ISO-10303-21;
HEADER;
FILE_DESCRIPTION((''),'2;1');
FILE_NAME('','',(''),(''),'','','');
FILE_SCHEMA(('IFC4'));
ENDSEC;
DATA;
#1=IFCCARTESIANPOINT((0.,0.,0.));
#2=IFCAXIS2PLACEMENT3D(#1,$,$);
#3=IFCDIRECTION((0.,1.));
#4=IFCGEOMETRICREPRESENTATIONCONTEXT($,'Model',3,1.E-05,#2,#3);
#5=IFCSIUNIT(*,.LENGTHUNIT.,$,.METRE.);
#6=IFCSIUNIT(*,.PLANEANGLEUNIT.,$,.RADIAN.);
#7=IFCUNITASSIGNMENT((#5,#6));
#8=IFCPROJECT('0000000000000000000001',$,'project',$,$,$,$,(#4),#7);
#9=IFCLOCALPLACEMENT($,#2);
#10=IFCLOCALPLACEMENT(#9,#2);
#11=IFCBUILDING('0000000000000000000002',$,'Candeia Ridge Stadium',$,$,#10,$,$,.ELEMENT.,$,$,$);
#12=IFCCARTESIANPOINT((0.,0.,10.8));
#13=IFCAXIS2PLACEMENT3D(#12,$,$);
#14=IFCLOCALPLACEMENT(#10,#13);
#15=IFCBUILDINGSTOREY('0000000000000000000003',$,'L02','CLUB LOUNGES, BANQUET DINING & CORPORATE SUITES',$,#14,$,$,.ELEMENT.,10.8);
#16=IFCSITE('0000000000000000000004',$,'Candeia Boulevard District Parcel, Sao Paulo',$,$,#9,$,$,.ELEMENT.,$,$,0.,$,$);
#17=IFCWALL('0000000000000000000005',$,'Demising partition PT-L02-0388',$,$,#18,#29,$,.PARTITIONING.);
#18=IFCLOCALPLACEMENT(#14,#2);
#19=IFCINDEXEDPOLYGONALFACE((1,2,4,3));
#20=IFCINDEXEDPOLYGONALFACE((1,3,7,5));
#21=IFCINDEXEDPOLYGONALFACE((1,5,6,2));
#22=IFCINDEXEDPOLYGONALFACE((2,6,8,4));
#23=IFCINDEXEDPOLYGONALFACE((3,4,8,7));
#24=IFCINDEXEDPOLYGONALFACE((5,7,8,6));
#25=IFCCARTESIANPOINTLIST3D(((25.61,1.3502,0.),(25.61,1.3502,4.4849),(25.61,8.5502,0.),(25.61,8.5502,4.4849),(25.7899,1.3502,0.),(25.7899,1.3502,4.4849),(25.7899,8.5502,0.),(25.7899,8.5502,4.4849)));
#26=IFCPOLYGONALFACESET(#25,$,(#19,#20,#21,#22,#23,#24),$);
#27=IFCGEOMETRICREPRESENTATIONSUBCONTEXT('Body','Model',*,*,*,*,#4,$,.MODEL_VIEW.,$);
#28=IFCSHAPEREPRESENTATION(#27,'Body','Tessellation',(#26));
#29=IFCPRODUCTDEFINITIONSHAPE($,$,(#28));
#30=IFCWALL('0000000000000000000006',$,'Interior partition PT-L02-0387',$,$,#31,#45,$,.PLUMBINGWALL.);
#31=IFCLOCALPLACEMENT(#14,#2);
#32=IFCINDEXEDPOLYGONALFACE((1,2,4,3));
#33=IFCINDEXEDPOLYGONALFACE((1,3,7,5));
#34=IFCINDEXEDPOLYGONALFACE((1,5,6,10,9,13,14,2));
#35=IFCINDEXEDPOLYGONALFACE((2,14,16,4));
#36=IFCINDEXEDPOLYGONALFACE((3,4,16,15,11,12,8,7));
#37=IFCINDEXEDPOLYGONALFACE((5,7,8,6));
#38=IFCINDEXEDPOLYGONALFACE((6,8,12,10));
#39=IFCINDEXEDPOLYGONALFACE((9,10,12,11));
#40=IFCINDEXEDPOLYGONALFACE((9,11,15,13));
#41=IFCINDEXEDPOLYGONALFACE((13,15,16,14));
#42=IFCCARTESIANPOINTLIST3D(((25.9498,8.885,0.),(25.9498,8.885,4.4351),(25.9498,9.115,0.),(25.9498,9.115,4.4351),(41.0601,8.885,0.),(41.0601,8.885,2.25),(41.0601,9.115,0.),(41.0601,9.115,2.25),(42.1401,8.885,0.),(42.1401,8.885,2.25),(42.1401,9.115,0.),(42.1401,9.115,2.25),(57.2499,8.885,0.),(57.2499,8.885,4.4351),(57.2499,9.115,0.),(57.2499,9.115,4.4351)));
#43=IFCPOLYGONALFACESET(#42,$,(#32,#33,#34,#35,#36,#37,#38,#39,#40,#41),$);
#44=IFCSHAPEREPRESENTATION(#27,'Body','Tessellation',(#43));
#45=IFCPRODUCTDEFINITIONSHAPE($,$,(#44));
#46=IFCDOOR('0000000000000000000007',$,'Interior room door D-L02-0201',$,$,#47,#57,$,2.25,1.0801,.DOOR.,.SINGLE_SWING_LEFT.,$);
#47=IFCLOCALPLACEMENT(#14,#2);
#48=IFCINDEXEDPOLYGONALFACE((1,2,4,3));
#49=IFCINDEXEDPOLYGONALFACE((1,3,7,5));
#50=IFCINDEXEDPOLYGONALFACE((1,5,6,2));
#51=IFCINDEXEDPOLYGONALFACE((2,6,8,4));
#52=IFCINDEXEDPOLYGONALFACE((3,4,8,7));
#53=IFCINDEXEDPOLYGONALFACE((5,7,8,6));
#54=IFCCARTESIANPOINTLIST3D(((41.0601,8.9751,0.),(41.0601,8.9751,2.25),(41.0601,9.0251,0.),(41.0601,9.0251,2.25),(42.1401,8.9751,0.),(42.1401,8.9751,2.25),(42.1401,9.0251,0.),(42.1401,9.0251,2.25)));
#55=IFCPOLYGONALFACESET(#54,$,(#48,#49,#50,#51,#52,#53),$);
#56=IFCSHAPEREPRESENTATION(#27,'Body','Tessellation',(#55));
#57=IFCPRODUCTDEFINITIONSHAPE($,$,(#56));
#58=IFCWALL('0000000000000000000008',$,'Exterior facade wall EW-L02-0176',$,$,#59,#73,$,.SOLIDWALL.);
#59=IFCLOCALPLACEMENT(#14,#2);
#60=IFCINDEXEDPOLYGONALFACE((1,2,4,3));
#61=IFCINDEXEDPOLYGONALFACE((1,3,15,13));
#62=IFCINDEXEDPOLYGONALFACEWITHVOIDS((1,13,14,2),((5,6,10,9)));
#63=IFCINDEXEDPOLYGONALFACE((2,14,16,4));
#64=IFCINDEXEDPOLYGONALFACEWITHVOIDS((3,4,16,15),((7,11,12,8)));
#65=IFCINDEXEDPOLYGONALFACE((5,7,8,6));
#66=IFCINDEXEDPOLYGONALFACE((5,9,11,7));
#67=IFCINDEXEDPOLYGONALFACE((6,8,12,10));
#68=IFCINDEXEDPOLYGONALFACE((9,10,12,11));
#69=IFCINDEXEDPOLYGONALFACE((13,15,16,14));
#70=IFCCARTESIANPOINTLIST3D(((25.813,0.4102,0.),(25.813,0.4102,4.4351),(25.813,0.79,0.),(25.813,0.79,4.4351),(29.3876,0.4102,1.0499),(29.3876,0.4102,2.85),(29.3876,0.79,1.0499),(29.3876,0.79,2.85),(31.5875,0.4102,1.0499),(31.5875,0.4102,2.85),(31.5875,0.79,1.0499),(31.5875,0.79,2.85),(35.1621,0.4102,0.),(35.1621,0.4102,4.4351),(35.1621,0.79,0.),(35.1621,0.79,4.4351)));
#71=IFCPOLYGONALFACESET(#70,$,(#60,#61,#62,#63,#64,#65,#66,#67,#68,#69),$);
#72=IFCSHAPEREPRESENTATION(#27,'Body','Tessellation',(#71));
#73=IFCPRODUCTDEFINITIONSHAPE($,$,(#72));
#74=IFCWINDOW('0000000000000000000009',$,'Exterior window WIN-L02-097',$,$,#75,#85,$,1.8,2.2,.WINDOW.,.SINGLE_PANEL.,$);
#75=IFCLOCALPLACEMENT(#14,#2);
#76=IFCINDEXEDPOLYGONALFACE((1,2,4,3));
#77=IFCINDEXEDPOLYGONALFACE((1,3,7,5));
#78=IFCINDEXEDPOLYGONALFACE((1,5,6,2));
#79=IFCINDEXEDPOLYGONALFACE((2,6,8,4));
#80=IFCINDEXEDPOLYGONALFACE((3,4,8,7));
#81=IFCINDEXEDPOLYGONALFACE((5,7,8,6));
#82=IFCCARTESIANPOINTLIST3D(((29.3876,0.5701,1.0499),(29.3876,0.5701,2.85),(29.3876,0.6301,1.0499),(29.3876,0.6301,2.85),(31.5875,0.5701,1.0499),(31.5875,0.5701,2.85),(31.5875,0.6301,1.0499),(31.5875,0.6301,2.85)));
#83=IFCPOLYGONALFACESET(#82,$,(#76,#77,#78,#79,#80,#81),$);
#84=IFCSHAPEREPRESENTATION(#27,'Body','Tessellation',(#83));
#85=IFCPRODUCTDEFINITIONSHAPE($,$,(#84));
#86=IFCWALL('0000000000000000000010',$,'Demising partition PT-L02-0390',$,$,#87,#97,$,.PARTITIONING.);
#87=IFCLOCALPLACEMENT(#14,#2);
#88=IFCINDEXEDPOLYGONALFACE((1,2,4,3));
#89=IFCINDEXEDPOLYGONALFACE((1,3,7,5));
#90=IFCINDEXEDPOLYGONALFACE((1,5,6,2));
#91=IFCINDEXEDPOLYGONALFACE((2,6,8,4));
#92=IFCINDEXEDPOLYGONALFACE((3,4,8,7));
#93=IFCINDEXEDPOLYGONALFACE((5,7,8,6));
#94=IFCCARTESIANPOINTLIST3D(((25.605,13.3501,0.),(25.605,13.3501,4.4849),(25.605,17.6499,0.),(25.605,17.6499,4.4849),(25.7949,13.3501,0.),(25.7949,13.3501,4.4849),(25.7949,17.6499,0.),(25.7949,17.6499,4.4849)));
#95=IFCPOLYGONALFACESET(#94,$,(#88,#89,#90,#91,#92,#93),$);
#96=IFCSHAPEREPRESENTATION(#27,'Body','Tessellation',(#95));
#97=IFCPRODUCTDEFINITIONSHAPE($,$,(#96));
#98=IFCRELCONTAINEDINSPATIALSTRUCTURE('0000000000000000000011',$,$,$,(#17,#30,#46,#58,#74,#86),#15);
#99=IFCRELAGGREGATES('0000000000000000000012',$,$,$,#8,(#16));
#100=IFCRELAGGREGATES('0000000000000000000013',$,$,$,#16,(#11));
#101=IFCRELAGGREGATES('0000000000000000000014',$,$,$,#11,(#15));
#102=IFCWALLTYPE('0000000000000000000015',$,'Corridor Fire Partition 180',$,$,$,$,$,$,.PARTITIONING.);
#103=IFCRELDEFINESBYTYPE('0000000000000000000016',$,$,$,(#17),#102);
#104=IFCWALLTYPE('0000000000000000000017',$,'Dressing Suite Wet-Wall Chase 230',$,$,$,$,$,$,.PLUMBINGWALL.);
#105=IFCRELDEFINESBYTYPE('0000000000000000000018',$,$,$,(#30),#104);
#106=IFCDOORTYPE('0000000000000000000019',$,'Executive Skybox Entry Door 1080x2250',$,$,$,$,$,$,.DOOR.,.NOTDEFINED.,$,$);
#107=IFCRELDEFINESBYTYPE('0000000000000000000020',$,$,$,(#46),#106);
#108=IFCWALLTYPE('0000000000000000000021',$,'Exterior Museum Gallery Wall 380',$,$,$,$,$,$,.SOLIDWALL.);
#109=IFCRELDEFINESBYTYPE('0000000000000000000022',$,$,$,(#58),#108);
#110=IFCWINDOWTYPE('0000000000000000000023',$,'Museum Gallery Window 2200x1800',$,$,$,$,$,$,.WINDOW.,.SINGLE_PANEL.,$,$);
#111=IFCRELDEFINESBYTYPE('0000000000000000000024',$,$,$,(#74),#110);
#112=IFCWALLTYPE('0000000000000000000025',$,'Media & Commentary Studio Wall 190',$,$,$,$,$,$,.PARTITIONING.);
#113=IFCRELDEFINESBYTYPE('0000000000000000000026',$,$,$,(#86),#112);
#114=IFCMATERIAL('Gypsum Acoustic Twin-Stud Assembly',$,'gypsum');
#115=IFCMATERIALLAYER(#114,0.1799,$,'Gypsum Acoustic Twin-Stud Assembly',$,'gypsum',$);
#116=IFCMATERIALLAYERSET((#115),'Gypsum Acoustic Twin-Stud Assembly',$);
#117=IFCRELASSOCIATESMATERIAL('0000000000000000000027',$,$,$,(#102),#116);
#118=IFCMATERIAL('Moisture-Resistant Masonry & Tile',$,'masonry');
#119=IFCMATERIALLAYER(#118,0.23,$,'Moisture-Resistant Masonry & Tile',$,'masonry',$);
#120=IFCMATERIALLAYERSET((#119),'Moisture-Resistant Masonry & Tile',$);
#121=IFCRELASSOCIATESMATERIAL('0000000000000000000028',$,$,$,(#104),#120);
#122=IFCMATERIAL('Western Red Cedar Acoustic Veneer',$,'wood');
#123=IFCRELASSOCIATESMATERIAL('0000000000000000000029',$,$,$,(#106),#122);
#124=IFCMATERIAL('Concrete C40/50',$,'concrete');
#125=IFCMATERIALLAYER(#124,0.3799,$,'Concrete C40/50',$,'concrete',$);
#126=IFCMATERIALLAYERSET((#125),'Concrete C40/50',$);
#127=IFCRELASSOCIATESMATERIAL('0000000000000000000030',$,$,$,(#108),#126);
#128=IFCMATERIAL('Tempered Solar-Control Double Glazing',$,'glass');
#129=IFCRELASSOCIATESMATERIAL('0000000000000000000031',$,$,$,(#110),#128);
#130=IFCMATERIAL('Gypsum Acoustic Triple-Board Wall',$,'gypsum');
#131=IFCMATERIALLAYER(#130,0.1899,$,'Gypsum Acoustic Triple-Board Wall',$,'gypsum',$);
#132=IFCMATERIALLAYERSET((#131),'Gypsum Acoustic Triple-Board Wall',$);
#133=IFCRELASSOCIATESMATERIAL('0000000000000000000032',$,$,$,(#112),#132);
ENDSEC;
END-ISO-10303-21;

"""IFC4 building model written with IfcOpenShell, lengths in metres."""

from ifc_helpers import new_model, si_unit, direction, frame, frame_2d, origin, place, context, subcontext, project, spatial, rectangle, extrude, material, layer, layer_set, type_object, element, fill, save


model = new_model("IFC4")

# Units and contexts
model_context = context("Model", 3, precision=1e-05, world=origin(), true_north=direction((0.0, 1.0)))
body_context = subcontext(model_context, "Body", "Model", "MODEL_VIEW")
ifc_project = project(units=[si_unit("LENGTHUNIT", "METRE"), si_unit("PLANEANGLEUNIT", "RADIAN")], contexts=[model_context])

# Site, building, storey
site_placement = place(None, origin())
site = spatial("IfcSite", under=ifc_project, at=site_placement, Name="Candeia Boulevard District Parcel, Sao Paulo", CompositionType="ELEMENT", RefElevation=0.0)
building_placement = place(site_placement, origin())
building = spatial("IfcBuilding", under=site, at=building_placement, Name="Candeia Ridge Stadium", CompositionType="ELEMENT")
storey_placement = place(building_placement, frame((0.0, 0.0, 10.8)))
storey = spatial("IfcBuildingStorey", under=building, at=storey_placement, Name="L02", Description="CLUB LOUNGES, BANQUET DINING & CORPORATE SUITES", CompositionType="ELEMENT", Elevation=10.8)

# Shared definitions
ifc_material_1 = material(Name="Concrete C40/50", Category="concrete")

# Wall
ifc_material_2 = material(Name="Gypsum Acoustic Twin-Stud Assembly", Category="gypsum")
ifc_layer_1 = layer(ifc_material_2, 0.1799, Name="Gypsum Acoustic Twin-Stud Assembly", Category="gypsum")
ifc_layer_set_1 = layer_set([ifc_layer_1], Name="Gypsum Acoustic Twin-Stud Assembly")
wall_type_1 = type_object("IfcWallType", Name="Corridor Fire Partition 180", PredefinedType="PARTITIONING", material=ifc_layer_set_1)
wall_1_placement = place(storey_placement, frame((25.7, 1.3501, 0.0), z_axis=(0.0, 0.0, 1.0), x_axis=(0.0, 1.0, 0.0)))
element("IfcWall", 1, at=wall_1_placement, inside=storey, type_object=wall_type_1, Name="Demising partition PT-L02-0388", PredefinedType="PARTITIONING", context=body_context, shape_type="SweptSolid", body=[
    extrude(rectangle(XDim=7.2, YDim=0.1799, at=frame_2d((3.6001, 0.0))), origin(), (0.0, 0.0, 1.0), 4.4849),
])

# Wall, opening, door
ifc_material_3 = material(Name="Moisture-Resistant Masonry & Tile", Category="masonry")
ifc_layer_2 = layer(ifc_material_3, 0.23, Name="Moisture-Resistant Masonry & Tile", Category="masonry")
ifc_layer_set_2 = layer_set([ifc_layer_2], Name="Moisture-Resistant Masonry & Tile")
wall_type_2 = type_object("IfcWallType", Name="Dressing Suite Wet-Wall Chase 230", PredefinedType="PLUMBINGWALL", material=ifc_layer_set_2)
wall_2_placement = place(storey_placement, frame((25.95, 9.0, 0.0), z_axis=(0.0, 0.0, 1.0), x_axis=(1.0, 0.0, 0.0)))
wall_2 = element("IfcWall", 2, at=wall_2_placement, inside=storey, type_object=wall_type_2, Name="Interior partition PT-L02-0387", PredefinedType="PLUMBINGWALL", context=body_context, shape_type="SweptSolid", body=[
    extrude(rectangle(XDim=31.3, YDim=0.23, at=frame_2d((15.6499, 0.0))), origin(), (0.0, 0.0, 1.0), 4.4351),
])
opening_1_placement = place(wall_2_placement, frame((15.1101, 0.0, 0.0)))
opening_1 = element("IfcOpeningElement", 3, at=opening_1_placement, cuts=wall_2, PredefinedType="OPENING", context=body_context, shape_type="SweptSolid", body=[
    extrude(rectangle(XDim=1.0801, YDim=2.25, at=frame_2d((0.54, 1.125))), frame((0.0, 0.125, 0.0), z_axis=(0.0, -1.0, 0.0), x_axis=(1.0, 0.0, 0.0)), (0.0, 0.0, 1.0), 0.25),
])
ifc_material_4 = material(Name="Western Red Cedar Acoustic Veneer", Category="wood")
door_type = type_object("IfcDoorType", Name="Executive Skybox Entry Door 1080x2250", OperationType="NOTDEFINED", PredefinedType="DOOR", material=ifc_material_4)
door_placement = place(opening_1_placement, frame((1.0801, 0.0, 0.0), z_axis=(0.0, 0.0, 1.0), x_axis=(-1.0, 0.0, 0.0)))
door = element("IfcDoor", 4, at=door_placement, inside=storey, type_object=door_type, Name="Interior room door D-L02-0201", OperationType="SINGLE_SWING_LEFT", OverallHeight=2.25, OverallWidth=1.0801, PredefinedType="DOOR", context=body_context, shape_type="SweptSolid", body=[
    extrude(rectangle(XDim=1.0801, YDim=2.25, at=frame_2d((0.54, 1.125))), frame((0.0, 0.0249, 0.0), z_axis=(0.0, -1.0, 0.0), x_axis=(1.0, 0.0, 0.0)), (0.0, 0.0, 1.0), 0.05),
])
fill(opening_1, door)

# Wall, opening, window
ifc_layer_3 = layer(ifc_material_1, 0.3799, Name="Concrete C40/50", Category="concrete")
ifc_layer_set_3 = layer_set([ifc_layer_3], Name="Concrete C40/50")
wall_type_3 = type_object("IfcWallType", Name="Exterior Museum Gallery Wall 380", PredefinedType="SOLIDWALL", material=ifc_layer_set_3)
wall_3_placement = place(storey_placement, frame((25.813, 0.6001, 0.0), z_axis=(0.0, 0.0, 1.0), x_axis=(1.0, 0.0, 0.0)))
wall_3 = element("IfcWall", 5, at=wall_3_placement, inside=storey, type_object=wall_type_3, Name="Exterior facade wall EW-L02-0176", PredefinedType="SOLIDWALL", context=body_context, shape_type="SweptSolid", body=[
    extrude(rectangle(XDim=9.3491, YDim=0.3799, at=frame_2d((4.6746, 0.0))), origin(), (0.0, 0.0, 1.0), 4.4351),
])
opening_2_placement = place(wall_3_placement, frame((3.5745, 0.0, 1.05)))
opening_2 = element("IfcOpeningElement", 6, at=opening_2_placement, cuts=wall_3, PredefinedType="OPENING", context=body_context, shape_type="SweptSolid", body=[
    extrude(rectangle(XDim=2.2, YDim=1.8, at=frame_2d((1.1001, 0.8999))), frame((0.0, 0.2, 0.0), z_axis=(0.0, -1.0, 0.0), x_axis=(1.0, 0.0, 0.0)), (0.0, 0.0, 1.0), 0.3999),
])
ifc_material_5 = material(Name="Tempered Solar-Control Double Glazing", Category="glass")
window_type = type_object("IfcWindowType", Name="Museum Gallery Window 2200x1800", PartitioningType="SINGLE_PANEL", PredefinedType="WINDOW", material=ifc_material_5)
window_placement = place(opening_2_placement, origin())
window = element("IfcWindow", 7, at=window_placement, inside=storey, type_object=window_type, Name="Exterior window WIN-L02-097", OverallHeight=1.8, OverallWidth=2.2, PartitioningType="SINGLE_PANEL", PredefinedType="WINDOW", context=body_context, shape_type="SweptSolid", body=[
    extrude(rectangle(XDim=2.2, YDim=1.8, at=frame_2d((1.1001, 0.8999))), frame((0.0, 0.03, 0.0), z_axis=(0.0, -1.0, 0.0), x_axis=(1.0, 0.0, 0.0)), (0.0, 0.0, 1.0), 0.0601),
])
fill(opening_2, window)

# Wall
ifc_material_6 = material(Name="Gypsum Acoustic Triple-Board Wall", Category="gypsum")
ifc_layer_4 = layer(ifc_material_6, 0.1899, Name="Gypsum Acoustic Triple-Board Wall", Category="gypsum")
ifc_layer_set_4 = layer_set([ifc_layer_4], Name="Gypsum Acoustic Triple-Board Wall")
wall_type_4 = type_object("IfcWallType", Name="Media & Commentary Studio Wall 190", PredefinedType="PARTITIONING", material=ifc_layer_set_4)
wall_4_placement = place(storey_placement, frame((25.7, 13.3501, 0.0), z_axis=(0.0, 0.0, 1.0), x_axis=(0.0, 1.0, 0.0)))
element("IfcWall", 8, at=wall_4_placement, inside=storey, type_object=wall_type_4, Name="Demising partition PT-L02-0390", PredefinedType="PARTITIONING", context=body_context, shape_type="SweptSolid", body=[
    extrude(rectangle(XDim=4.2998, YDim=0.1899, at=frame_2d((2.1499, 0.0))), origin(), (0.0, 0.0, 1.0), 4.4849),
])

save(model, "model.ifc")
